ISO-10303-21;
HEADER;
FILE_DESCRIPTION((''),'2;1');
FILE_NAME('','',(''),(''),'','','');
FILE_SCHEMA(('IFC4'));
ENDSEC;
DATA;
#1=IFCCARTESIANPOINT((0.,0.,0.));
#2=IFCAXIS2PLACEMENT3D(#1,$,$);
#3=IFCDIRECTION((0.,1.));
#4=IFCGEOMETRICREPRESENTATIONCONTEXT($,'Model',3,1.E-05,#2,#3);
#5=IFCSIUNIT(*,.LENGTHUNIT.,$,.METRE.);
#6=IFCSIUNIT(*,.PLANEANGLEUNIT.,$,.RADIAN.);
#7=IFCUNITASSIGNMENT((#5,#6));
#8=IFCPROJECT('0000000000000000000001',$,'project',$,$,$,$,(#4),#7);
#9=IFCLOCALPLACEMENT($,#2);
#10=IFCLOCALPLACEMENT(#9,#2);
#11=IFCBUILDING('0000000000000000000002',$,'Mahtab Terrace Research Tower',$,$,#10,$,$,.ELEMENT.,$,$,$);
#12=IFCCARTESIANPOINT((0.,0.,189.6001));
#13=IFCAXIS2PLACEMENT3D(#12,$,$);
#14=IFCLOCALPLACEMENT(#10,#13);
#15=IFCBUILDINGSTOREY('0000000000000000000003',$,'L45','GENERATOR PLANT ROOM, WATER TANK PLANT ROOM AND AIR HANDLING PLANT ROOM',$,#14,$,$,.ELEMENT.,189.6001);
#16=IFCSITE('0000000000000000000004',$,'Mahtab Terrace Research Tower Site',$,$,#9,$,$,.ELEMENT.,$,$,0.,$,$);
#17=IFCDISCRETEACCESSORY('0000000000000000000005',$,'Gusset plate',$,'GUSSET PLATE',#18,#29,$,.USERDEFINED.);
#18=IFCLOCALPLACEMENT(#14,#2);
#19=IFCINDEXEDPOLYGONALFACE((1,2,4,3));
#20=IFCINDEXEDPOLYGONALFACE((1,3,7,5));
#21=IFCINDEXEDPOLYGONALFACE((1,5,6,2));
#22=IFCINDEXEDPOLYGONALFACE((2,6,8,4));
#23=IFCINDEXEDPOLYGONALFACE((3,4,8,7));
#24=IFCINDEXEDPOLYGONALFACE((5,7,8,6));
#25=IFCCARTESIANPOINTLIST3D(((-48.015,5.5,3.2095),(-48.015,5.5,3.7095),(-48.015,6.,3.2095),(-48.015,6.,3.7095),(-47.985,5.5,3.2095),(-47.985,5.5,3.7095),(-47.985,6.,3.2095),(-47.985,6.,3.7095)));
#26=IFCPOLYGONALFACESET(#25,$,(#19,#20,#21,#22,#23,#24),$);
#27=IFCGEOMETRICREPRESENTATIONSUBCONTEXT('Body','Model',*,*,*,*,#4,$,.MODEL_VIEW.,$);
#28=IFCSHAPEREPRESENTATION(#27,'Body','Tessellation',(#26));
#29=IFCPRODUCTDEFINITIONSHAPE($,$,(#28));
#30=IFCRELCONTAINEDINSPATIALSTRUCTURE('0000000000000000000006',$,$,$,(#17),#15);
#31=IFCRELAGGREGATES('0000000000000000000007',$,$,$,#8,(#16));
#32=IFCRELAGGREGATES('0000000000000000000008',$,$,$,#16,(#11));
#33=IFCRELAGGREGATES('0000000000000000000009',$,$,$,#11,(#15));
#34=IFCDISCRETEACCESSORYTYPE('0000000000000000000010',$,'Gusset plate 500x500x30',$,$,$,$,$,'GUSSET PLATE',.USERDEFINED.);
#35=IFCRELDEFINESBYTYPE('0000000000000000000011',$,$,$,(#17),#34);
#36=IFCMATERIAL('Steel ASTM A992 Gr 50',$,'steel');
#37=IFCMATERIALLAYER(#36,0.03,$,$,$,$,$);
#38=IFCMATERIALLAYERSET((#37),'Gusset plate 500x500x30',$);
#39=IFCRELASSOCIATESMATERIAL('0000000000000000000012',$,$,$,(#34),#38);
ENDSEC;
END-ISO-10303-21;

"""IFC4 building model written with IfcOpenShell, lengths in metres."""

from ifc_helpers import new_model, si_unit, direction, frame, origin, origin_2d, place, context, subcontext, project, spatial, rectangle, extrude, material, layer, layer_set, type_object, element, save


model = new_model("IFC4")

# Units and contexts
model_context = context("Model", 3, precision=1e-05, world=origin(), true_north=direction((0.0, 1.0)))
body_context = subcontext(model_context, "Body", "Model", "MODEL_VIEW")
ifc_project = project(units=[si_unit("LENGTHUNIT", "METRE"), si_unit("PLANEANGLEUNIT", "RADIAN")], contexts=[model_context])

# Site, building, storey
site_placement = place(None, origin())
site = spatial("IfcSite", under=ifc_project, at=site_placement, Name="Mahtab Terrace Research Tower Site", CompositionType="ELEMENT", RefElevation=0.0)
building_placement = place(site_placement, origin())
building = spatial("IfcBuilding", under=site, at=building_placement, Name="Mahtab Terrace Research Tower", CompositionType="ELEMENT")
storey_placement = place(building_placement, frame((0.0, 0.0, 189.6001)))
storey = spatial("IfcBuildingStorey", under=building, at=storey_placement, Name="L45", Description="GENERATOR PLANT ROOM, WATER TANK PLANT ROOM AND AIR HANDLING PLANT ROOM", CompositionType="ELEMENT", Elevation=189.6001)

# Shared definitions
ifc_material_1 = material(Name="Steel ASTM A992 Gr 50", Category="steel")

# Discrete accessory
ifc_layer = layer(ifc_material_1, 0.03)
ifc_layer_set = layer_set([ifc_layer], Name="Gusset plate 500x500x30")
discrete_accessory_type_1 = type_object("IfcDiscreteAccessoryType", Name="Gusset plate 500x500x30", ElementType="GUSSET PLATE", PredefinedType="USERDEFINED", material=ifc_layer_set)
for number, where, z_axis, x_axis, name in (
    (1, (-48.0, 5.75, 3.2095), (0.0, 0.0, 1.0), (0.0, 1.0, 0.0), "Gusset plate"),
):
    element("IfcDiscreteAccessory", number, at=place(storey_placement, frame(where, z_axis=z_axis, x_axis=x_axis)), inside=storey, type_object=discrete_accessory_type_1, Name=name, ObjectType="GUSSET PLATE", PredefinedType="USERDEFINED", context=body_context, shape_type="SweptSolid", body=[
        extrude(rectangle(XDim=0.5, YDim=0.03, at=origin_2d()), origin(), (0.0, 0.0, 1.0), 0.5),
    ])

save(model, "model.ifc")
